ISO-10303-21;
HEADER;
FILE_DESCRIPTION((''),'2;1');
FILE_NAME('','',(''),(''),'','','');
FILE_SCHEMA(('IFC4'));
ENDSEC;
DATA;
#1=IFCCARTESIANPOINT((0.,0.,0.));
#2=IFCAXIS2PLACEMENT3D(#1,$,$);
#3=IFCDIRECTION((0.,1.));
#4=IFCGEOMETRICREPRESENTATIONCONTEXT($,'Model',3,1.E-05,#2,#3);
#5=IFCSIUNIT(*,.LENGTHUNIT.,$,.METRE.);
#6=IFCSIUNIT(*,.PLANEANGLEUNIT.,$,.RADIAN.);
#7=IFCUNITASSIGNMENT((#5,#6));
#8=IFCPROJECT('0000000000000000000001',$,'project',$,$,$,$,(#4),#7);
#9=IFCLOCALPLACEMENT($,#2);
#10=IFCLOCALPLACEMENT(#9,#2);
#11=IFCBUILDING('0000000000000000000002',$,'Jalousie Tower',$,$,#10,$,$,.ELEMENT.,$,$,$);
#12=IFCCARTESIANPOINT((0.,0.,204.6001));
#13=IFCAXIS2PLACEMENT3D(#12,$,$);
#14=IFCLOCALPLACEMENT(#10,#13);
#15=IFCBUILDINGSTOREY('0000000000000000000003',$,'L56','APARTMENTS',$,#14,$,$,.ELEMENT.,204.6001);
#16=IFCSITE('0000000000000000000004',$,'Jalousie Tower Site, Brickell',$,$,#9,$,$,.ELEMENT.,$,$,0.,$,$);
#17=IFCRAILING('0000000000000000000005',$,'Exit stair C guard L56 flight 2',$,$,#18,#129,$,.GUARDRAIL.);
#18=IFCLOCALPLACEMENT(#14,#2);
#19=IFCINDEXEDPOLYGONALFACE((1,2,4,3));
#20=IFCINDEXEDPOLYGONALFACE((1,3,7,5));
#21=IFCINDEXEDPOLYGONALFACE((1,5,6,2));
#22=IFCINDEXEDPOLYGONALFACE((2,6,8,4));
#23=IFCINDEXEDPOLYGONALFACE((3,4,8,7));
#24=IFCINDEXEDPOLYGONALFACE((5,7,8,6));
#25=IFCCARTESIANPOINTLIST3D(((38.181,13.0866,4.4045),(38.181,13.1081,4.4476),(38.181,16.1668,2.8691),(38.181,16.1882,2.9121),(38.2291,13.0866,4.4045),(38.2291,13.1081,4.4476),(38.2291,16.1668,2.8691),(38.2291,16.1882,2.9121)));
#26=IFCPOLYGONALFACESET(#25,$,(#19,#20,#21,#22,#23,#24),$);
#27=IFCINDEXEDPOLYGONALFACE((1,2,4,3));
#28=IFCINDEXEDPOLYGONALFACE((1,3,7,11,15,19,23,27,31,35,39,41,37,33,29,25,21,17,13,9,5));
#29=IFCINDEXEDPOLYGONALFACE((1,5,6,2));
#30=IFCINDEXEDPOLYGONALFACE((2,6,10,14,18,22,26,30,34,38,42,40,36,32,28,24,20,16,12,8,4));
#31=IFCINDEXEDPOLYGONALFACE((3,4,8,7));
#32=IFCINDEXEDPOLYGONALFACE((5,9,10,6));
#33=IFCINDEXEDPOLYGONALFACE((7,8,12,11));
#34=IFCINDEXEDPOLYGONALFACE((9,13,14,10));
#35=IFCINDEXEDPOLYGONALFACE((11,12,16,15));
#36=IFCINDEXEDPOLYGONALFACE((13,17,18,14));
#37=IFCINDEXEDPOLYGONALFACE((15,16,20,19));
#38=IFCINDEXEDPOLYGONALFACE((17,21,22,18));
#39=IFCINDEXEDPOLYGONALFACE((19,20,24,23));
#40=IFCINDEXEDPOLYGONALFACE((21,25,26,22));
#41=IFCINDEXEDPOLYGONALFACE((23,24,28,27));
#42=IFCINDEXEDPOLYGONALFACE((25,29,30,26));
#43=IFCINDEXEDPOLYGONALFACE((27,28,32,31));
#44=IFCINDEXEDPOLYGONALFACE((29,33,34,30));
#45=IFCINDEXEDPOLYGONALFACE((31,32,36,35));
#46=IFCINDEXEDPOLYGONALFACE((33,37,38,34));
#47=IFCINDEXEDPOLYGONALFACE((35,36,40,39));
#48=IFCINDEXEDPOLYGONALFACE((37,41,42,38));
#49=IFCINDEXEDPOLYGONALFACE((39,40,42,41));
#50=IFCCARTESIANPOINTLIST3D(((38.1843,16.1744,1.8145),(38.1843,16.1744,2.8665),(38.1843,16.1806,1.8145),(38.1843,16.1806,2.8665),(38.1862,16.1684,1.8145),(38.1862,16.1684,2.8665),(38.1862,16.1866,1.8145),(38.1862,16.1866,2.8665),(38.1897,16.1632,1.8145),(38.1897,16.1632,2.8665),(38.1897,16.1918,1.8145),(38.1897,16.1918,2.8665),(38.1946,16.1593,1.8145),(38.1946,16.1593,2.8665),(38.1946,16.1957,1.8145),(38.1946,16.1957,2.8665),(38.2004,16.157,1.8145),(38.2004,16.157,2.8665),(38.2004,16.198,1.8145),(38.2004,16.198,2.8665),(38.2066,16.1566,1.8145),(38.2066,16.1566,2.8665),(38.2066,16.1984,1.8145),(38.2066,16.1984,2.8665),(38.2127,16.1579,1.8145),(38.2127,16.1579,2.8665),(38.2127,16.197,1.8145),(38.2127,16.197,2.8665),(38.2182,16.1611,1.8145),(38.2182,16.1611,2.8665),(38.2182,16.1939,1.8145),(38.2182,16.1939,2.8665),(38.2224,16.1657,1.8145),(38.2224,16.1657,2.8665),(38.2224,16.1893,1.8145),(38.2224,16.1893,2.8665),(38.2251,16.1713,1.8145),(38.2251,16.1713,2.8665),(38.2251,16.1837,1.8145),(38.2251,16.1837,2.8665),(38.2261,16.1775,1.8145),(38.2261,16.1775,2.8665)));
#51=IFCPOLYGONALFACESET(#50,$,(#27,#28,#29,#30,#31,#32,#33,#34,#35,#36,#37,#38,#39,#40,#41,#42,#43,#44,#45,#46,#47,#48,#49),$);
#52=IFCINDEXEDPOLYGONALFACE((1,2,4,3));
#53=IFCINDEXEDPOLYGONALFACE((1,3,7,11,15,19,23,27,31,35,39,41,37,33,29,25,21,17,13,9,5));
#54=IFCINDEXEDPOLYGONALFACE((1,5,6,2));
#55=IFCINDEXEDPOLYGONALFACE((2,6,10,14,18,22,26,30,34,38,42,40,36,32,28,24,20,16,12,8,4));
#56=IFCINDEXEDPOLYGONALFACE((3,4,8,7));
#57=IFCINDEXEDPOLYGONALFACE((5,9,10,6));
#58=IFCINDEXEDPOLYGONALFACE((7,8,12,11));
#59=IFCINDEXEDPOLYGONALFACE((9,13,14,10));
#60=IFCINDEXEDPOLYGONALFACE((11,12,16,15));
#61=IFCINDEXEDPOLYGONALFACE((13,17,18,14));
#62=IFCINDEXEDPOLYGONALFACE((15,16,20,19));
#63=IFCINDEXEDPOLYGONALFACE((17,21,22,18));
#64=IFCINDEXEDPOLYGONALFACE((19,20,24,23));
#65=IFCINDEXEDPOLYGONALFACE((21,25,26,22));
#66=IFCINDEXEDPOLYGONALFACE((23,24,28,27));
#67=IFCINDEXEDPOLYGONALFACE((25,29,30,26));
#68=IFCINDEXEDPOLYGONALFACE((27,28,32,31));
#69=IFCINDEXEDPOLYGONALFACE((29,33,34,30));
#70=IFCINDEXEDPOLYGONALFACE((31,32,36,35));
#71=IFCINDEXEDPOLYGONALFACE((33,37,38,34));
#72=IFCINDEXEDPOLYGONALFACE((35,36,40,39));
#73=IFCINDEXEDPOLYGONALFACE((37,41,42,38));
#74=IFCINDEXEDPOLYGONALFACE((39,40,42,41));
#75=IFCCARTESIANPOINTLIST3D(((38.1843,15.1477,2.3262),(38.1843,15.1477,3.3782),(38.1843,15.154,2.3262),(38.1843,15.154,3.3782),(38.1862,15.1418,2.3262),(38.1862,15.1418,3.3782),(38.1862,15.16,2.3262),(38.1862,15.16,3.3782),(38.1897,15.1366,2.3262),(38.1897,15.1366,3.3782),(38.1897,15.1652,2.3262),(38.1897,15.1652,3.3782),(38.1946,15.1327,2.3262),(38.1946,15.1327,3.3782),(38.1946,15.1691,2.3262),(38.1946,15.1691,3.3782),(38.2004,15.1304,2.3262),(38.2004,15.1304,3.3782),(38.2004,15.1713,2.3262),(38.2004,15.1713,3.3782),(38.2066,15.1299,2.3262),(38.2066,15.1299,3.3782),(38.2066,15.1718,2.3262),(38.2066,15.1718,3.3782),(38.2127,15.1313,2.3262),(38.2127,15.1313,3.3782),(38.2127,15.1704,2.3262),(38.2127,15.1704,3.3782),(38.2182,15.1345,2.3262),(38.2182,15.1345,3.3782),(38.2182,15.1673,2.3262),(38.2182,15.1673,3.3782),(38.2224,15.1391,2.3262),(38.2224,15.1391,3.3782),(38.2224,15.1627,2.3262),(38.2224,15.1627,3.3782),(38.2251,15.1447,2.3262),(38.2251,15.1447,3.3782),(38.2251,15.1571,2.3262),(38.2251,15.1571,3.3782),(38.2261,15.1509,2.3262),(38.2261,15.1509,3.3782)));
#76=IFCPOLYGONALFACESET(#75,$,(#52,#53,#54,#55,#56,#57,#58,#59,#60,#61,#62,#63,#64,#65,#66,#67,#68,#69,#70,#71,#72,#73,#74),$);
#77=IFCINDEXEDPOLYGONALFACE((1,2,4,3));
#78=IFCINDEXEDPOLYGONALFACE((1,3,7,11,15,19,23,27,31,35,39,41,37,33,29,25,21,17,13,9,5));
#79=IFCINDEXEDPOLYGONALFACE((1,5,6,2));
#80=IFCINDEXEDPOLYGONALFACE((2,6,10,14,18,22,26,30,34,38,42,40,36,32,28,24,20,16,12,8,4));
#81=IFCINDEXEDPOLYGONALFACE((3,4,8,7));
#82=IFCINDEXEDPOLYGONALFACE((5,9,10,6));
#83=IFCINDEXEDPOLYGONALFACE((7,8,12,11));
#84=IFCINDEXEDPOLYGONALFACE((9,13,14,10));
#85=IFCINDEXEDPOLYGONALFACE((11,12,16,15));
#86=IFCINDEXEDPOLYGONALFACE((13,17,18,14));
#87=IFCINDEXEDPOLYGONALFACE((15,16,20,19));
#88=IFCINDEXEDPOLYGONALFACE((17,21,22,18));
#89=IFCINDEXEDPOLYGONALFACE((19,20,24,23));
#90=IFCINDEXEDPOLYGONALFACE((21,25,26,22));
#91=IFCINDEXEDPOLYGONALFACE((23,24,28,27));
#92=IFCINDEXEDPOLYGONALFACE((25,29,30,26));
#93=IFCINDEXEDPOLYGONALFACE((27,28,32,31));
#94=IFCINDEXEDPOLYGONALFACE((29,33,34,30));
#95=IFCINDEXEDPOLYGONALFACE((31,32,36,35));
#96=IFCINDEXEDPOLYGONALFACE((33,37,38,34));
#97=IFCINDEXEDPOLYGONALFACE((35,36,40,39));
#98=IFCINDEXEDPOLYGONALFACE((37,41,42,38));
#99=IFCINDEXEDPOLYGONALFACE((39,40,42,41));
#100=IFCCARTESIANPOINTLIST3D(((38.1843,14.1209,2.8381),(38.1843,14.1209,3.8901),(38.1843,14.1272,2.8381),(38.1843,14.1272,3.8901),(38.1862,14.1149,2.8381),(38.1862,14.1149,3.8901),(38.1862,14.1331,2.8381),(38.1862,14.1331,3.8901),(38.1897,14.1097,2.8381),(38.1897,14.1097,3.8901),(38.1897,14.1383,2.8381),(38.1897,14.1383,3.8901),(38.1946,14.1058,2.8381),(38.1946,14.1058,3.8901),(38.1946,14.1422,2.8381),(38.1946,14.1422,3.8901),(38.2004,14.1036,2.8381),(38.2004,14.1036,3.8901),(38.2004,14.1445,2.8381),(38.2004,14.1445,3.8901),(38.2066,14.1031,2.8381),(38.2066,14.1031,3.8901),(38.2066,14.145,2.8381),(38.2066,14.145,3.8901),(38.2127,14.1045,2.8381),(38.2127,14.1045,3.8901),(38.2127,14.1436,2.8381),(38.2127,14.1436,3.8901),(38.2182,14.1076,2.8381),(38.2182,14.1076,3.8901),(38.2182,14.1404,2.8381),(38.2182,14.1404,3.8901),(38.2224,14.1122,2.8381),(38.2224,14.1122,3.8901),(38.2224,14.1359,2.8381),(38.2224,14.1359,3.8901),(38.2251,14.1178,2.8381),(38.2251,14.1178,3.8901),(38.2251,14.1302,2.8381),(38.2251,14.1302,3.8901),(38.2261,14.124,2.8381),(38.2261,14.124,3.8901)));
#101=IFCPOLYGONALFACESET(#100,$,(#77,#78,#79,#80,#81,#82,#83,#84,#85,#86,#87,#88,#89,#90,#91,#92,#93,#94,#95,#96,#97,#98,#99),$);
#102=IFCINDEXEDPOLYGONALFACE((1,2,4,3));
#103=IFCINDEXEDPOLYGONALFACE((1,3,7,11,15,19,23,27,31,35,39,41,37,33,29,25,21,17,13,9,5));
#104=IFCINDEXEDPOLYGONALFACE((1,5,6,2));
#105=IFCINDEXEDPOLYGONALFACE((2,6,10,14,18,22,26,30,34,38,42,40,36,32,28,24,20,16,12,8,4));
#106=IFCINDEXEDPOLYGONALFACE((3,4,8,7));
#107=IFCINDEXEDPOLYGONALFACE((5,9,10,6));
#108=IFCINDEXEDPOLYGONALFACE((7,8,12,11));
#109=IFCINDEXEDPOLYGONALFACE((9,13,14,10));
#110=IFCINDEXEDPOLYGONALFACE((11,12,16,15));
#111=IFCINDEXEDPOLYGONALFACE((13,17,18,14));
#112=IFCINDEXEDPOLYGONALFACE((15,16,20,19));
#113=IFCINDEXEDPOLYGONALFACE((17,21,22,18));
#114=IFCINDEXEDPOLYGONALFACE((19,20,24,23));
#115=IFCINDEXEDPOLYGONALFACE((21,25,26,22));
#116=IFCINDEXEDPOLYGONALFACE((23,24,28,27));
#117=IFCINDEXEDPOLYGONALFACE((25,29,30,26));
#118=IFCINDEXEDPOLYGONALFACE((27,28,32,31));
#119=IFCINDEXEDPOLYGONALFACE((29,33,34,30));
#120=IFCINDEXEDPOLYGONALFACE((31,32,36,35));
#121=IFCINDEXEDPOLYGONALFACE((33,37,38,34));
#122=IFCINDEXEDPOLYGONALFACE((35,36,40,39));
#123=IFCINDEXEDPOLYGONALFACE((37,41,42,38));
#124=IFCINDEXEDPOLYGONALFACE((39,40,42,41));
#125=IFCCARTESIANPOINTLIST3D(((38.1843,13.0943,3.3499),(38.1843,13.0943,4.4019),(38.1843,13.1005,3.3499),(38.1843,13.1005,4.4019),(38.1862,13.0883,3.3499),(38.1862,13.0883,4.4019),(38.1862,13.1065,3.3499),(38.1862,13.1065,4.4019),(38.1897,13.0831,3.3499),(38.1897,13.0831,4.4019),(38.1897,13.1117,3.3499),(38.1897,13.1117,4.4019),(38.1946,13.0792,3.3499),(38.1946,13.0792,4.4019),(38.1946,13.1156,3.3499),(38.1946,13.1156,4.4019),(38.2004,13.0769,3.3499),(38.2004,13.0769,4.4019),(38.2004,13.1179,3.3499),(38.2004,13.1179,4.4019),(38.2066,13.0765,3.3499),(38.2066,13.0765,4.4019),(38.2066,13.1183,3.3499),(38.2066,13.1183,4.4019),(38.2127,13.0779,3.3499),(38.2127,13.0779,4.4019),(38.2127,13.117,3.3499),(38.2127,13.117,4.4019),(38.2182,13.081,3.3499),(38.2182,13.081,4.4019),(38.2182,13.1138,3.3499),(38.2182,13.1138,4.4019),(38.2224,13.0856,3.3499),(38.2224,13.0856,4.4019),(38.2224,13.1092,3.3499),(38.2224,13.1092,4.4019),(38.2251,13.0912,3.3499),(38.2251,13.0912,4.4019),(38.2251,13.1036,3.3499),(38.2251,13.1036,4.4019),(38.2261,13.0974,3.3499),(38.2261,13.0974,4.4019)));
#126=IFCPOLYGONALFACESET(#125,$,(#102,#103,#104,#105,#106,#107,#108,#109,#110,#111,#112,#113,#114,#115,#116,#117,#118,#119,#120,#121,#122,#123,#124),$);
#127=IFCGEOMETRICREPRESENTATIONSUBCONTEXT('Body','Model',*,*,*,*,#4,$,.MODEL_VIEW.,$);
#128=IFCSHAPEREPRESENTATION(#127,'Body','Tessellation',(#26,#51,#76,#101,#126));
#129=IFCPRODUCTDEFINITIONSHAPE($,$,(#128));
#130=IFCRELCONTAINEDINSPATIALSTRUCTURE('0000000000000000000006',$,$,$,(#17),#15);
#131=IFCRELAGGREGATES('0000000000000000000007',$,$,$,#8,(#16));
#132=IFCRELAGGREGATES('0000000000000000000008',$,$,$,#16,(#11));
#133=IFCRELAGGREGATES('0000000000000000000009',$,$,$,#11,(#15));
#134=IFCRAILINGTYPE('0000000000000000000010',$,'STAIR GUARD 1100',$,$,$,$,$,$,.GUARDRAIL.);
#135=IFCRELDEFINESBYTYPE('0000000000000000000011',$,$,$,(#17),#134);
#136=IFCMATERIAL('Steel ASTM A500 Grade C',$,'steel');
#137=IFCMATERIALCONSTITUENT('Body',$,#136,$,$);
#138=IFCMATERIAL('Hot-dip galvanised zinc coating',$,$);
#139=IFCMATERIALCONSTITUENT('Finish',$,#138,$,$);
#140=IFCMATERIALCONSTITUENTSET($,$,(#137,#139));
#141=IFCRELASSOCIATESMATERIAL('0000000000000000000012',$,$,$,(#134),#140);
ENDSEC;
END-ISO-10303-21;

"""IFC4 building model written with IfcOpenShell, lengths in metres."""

from ifc_helpers import new_model, si_unit, direction, frame, origin, origin_2d, place, context, subcontext, project, spatial, rectangle, circle, extrude, material, constituent, constituent_set, type_object, element, save


model = new_model("IFC4")

# Units and contexts
model_context = context("Model", 3, precision=1e-05, world=origin(), true_north=direction((0.0, 1.0)))
body_context = subcontext(model_context, "Body", "Model", "MODEL_VIEW")
ifc_project = project(units=[si_unit("LENGTHUNIT", "METRE"), si_unit("PLANEANGLEUNIT", "RADIAN")], contexts=[model_context])

# Site, building, storey
site_placement = place(None, origin())
site = spatial("IfcSite", under=ifc_project, at=site_placement, Name="Jalousie Tower Site, Brickell", CompositionType="ELEMENT", RefElevation=0.0)
building_placement = place(site_placement, origin())
building = spatial("IfcBuilding", under=site, at=building_placement, Name="Jalousie Tower", CompositionType="ELEMENT")
storey_placement = place(building_placement, frame((0.0, 0.0, 204.6001)))
storey = spatial("IfcBuildingStorey", under=building, at=storey_placement, Name="L56", Description="APARTMENTS", CompositionType="ELEMENT", Elevation=204.6001)

# Railing
ifc_material_1 = material(Name="Steel ASTM A500 Grade C", Category="steel")
ifc_constituent_1 = constituent(ifc_material_1, Name="Body")
ifc_material_2 = material(Name="Hot-dip galvanised zinc coating")
ifc_constituent_2 = constituent(ifc_material_2, Name="Finish")
ifc_constituent_set_1 = constituent_set(constituents=[ifc_constituent_1, ifc_constituent_2])
railing_type_1 = type_object("IfcRailingType", Name="STAIR GUARD 1100", PredefinedType="GUARDRAIL", material=ifc_constituent_set_1)
railing_1_placement = place(storey_placement, frame((38.2051, 16.1775, 1.8145)))
element("IfcRailing", 1, at=railing_1_placement, inside=storey, type_object=railing_type_1, Name="Exit stair C guard L56 flight 2", PredefinedType="GUARDRAIL", context=body_context, shape_type="SweptSolid", body=[
    extrude(rectangle(XDim=0.0481, YDim=0.0481, at=origin_2d()), frame((0.0, 0.0, 1.0762), z_axis=(0.0, -0.894966, 0.446135), x_axis=(1.0, 0.0, 0.0)), (0.0, 0.0, 1.0), 3.4417),
    extrude(circle(Radius=0.021, at=origin_2d()), origin(), (0.0, 0.0, 1.0), 1.052),
    extrude(circle(Radius=0.021, at=origin_2d()), frame((0.0, -1.0266, 0.5117)), (0.0, 0.0, 1.0), 1.052),
    extrude(circle(Radius=0.021, at=origin_2d()), frame((0.0, -2.0535, 1.0237)), (0.0, 0.0, 1.0), 1.052),
    extrude(circle(Radius=0.021, at=origin_2d()), frame((0.0, -3.0801, 1.5354)), (0.0, 0.0, 1.0), 1.052),
])

save(model, "model.ifc")
